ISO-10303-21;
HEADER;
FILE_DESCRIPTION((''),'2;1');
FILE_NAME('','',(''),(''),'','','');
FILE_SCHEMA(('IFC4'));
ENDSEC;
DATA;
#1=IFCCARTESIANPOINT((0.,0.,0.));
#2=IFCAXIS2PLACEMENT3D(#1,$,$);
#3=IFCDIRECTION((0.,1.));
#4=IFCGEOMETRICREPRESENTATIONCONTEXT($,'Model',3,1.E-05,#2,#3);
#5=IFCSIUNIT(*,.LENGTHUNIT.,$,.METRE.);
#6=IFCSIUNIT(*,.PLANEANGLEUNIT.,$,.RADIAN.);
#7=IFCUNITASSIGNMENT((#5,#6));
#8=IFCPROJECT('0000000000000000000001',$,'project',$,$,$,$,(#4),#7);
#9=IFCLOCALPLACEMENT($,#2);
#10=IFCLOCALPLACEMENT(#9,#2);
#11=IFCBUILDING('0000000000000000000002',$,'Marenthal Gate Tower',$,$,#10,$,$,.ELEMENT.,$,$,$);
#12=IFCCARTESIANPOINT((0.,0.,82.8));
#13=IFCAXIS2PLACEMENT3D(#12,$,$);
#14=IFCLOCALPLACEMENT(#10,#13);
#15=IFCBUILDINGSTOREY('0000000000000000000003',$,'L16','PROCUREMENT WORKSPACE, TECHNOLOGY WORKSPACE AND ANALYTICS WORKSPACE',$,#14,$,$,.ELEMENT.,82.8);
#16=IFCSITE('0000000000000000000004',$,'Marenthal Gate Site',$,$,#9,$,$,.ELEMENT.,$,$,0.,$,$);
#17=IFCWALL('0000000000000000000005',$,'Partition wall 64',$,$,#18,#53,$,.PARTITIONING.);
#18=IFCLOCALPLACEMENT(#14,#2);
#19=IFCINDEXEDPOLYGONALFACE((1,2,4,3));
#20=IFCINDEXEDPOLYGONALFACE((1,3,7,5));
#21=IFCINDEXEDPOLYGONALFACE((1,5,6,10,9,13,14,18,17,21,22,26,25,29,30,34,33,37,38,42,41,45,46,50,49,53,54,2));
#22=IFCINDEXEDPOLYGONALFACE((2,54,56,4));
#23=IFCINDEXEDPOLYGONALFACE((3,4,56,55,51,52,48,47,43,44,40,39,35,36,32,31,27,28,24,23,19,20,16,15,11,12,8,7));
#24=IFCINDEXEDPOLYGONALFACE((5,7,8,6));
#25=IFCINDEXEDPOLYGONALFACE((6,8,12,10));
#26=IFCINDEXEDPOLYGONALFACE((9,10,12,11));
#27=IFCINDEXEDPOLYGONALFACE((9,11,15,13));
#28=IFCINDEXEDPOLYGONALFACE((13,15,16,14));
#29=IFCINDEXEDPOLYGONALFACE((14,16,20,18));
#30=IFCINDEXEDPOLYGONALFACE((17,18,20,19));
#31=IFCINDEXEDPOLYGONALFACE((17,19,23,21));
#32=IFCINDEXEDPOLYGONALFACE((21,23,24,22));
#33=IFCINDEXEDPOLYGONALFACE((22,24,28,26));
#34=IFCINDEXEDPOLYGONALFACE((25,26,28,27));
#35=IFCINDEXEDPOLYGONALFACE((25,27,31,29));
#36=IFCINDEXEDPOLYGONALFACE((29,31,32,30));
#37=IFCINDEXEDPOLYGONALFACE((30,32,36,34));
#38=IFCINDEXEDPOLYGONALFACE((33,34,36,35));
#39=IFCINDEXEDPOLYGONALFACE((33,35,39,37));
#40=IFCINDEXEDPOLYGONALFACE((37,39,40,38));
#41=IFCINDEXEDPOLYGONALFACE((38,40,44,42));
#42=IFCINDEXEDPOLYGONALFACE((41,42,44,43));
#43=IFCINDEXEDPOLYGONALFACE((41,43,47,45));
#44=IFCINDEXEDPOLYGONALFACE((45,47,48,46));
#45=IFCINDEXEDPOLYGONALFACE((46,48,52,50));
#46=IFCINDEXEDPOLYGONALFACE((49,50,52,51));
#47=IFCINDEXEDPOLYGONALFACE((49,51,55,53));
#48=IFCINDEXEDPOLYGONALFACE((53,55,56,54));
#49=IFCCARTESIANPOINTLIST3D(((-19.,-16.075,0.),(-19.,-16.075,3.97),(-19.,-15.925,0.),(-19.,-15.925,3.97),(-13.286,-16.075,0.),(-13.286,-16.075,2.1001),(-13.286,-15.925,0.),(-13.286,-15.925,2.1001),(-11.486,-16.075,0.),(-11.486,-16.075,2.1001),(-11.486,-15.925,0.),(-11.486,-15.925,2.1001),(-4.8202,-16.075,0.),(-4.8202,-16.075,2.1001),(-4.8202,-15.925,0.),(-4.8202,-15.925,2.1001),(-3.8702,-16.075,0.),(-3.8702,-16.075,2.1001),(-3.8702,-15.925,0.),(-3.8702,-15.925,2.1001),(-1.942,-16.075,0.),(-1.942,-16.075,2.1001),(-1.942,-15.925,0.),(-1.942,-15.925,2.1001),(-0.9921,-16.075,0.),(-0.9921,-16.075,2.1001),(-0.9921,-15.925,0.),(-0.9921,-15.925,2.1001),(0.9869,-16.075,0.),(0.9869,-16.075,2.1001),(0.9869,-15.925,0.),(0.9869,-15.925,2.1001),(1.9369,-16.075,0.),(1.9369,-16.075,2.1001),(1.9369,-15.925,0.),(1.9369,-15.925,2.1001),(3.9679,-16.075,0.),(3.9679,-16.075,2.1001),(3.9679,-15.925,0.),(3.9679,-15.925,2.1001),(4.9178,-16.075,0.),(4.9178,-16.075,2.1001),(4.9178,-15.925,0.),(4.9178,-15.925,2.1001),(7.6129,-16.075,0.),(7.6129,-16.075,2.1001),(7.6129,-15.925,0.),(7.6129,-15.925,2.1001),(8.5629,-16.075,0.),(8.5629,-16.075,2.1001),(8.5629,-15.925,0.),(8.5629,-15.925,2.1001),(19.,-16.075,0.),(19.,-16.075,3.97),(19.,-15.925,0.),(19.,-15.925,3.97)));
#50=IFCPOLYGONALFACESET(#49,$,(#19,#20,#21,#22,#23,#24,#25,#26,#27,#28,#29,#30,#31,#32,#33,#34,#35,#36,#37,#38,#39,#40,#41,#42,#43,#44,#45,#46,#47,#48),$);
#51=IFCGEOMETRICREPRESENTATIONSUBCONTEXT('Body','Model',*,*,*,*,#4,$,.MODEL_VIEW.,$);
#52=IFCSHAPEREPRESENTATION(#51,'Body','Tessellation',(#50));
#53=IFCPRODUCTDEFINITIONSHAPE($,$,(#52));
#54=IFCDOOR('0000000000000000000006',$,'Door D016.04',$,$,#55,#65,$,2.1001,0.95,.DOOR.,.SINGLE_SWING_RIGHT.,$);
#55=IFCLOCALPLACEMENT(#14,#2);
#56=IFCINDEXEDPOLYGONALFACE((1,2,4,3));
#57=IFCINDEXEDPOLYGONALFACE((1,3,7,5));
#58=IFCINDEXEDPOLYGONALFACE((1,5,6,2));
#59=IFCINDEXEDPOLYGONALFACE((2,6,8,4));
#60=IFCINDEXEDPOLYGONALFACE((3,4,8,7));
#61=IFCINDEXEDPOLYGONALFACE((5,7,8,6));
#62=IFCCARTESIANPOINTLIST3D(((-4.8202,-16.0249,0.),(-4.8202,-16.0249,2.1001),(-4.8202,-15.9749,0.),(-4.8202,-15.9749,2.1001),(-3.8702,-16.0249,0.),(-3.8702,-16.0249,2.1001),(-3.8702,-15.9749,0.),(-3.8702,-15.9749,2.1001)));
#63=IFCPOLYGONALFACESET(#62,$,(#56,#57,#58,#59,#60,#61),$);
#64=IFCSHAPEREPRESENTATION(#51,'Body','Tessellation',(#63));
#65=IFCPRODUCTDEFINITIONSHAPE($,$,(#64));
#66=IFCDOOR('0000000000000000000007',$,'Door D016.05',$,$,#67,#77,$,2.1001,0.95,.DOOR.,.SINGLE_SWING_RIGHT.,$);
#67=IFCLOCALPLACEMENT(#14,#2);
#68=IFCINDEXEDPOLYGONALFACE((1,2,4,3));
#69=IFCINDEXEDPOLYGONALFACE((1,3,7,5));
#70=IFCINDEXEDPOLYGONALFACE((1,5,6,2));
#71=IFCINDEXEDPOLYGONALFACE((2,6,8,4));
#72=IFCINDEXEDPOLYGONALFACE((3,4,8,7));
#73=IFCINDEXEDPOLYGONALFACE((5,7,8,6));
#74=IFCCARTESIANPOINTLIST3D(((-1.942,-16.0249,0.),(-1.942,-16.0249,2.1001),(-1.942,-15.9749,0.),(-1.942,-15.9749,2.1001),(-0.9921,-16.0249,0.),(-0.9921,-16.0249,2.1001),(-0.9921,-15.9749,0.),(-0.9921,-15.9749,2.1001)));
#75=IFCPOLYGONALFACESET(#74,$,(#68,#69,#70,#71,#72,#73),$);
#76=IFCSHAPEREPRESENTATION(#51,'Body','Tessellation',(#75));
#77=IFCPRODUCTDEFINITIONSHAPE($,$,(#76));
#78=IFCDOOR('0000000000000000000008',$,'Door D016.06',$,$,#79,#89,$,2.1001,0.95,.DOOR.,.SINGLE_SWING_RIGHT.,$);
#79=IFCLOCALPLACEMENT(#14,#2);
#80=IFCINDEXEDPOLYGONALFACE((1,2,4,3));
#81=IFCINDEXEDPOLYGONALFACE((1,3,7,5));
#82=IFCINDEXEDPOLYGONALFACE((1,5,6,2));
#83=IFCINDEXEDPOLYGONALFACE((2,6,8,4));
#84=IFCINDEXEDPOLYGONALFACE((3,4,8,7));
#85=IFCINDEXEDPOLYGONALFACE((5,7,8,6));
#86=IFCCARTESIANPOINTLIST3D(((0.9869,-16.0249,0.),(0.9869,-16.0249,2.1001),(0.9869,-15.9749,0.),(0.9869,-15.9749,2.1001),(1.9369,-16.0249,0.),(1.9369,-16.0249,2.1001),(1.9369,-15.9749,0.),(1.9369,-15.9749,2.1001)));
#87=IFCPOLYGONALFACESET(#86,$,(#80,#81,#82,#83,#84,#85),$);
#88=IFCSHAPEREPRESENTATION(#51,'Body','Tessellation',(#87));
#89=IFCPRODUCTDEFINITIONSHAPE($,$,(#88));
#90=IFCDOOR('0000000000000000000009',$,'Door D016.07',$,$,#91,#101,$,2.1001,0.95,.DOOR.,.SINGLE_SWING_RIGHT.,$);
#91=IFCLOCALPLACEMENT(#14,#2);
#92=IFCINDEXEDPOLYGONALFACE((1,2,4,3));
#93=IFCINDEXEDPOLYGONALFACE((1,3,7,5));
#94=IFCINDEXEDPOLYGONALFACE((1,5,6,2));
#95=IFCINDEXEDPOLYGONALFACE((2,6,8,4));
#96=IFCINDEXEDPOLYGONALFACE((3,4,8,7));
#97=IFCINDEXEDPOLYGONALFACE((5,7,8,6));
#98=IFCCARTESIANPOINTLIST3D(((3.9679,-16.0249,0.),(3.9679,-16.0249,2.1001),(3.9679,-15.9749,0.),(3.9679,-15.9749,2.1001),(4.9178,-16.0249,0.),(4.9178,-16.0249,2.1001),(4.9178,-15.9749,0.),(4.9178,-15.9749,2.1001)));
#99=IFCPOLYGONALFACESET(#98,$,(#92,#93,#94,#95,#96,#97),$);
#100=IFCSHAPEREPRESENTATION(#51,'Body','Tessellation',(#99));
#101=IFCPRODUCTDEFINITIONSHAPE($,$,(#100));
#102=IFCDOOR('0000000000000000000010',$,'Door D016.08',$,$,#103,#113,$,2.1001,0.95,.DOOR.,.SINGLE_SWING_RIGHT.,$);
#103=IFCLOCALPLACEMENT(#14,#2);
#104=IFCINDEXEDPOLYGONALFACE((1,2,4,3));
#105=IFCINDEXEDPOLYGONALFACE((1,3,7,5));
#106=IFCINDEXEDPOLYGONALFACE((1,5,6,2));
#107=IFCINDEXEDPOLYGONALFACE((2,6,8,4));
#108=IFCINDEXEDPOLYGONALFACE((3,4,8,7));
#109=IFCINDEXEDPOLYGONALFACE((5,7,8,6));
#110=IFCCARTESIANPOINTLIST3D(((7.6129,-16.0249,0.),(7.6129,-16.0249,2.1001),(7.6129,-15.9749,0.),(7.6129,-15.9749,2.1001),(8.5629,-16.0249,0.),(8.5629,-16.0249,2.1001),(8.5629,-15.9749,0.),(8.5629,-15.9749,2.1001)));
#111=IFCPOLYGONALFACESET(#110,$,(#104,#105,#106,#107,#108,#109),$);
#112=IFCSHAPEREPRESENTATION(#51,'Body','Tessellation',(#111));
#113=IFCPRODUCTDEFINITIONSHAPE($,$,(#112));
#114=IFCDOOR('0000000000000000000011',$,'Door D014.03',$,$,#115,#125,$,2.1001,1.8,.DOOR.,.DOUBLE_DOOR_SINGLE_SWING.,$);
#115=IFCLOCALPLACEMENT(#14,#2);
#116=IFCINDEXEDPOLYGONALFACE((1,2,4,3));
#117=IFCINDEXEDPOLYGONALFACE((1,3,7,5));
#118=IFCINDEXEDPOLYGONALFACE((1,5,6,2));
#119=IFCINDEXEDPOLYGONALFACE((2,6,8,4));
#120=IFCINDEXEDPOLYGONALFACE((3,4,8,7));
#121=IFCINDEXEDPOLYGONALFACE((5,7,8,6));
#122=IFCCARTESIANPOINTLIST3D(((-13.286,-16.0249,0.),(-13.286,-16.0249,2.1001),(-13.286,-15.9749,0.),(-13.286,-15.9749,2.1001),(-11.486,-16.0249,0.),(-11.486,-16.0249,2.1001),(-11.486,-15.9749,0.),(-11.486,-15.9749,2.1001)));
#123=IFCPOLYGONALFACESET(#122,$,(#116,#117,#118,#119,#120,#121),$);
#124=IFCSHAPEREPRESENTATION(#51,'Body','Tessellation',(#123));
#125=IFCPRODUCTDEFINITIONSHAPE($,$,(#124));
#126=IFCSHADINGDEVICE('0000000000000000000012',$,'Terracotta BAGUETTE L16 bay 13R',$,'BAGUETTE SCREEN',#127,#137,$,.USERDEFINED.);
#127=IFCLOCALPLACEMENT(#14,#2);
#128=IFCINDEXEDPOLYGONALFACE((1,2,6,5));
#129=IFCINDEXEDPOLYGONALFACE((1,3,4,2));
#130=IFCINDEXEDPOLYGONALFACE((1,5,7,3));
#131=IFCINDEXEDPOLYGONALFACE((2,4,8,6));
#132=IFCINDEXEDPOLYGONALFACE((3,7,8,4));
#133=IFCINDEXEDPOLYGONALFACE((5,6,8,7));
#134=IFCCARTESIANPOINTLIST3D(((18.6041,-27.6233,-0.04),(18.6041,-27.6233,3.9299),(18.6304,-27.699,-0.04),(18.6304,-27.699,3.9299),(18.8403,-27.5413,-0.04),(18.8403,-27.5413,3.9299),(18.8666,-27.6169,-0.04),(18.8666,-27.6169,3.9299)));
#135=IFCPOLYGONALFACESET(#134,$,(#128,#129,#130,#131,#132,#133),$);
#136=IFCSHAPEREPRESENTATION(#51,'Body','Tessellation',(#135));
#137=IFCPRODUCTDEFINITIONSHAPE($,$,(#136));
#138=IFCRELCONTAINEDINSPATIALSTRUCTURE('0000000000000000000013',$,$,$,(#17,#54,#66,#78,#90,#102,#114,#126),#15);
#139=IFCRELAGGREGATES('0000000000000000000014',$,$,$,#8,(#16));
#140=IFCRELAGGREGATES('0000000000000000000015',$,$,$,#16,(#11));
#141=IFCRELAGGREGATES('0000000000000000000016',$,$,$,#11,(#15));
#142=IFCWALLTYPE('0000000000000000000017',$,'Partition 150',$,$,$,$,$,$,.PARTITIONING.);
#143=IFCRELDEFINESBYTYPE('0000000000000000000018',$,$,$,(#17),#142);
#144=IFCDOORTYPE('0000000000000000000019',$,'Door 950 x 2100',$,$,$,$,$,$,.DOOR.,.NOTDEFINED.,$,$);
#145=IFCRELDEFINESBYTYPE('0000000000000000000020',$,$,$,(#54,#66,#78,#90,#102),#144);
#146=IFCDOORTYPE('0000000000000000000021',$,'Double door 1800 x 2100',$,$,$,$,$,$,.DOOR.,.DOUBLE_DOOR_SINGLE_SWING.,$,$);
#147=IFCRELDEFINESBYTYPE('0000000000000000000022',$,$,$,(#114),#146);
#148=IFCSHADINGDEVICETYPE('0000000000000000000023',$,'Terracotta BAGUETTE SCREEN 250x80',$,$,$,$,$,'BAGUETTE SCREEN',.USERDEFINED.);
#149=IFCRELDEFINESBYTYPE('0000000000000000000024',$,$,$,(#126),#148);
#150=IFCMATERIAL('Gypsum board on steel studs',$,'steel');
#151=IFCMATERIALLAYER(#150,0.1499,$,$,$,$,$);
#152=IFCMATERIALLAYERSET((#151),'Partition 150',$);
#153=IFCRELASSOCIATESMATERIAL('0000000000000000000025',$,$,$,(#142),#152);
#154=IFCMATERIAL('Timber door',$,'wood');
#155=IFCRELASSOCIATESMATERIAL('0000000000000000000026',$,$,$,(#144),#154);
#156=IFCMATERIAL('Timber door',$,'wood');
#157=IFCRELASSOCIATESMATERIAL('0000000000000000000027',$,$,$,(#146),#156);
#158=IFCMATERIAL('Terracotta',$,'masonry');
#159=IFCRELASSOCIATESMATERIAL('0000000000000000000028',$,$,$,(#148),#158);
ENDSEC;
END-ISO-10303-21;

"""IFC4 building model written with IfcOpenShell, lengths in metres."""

from ifc_helpers import new_model, si_unit, direction, frame, frame_2d, origin, origin_2d, place, context, subcontext, project, spatial, rectangle, extrude, material, layer, layer_set, material_profile, profile_set, type_object, element, fill, save


model = new_model("IFC4")

# Units and contexts
model_context = context("Model", 3, precision=1e-05, world=origin(), true_north=direction((0.0, 1.0)))
body_context = subcontext(model_context, "Body", "Model", "MODEL_VIEW")
ifc_project = project(units=[si_unit("LENGTHUNIT", "METRE"), si_unit("PLANEANGLEUNIT", "RADIAN")], contexts=[model_context])

# Site, building, storey
site_placement = place(None, origin())
site = spatial("IfcSite", under=ifc_project, at=site_placement, Name="Marenthal Gate Site", CompositionType="ELEMENT", RefElevation=0.0)
building_placement = place(site_placement, origin())
building = spatial("IfcBuilding", under=site, at=building_placement, Name="Marenthal Gate Tower", CompositionType="ELEMENT")
storey_placement = place(building_placement, frame((0.0, 0.0, 82.8)))
storey = spatial("IfcBuildingStorey", under=building, at=storey_placement, Name="L16", Description="PROCUREMENT WORKSPACE, TECHNOLOGY WORKSPACE AND ANALYTICS WORKSPACE", CompositionType="ELEMENT", Elevation=82.8)

# Wall, openings, doors
ifc_material_1 = material(Name="Gypsum board on steel studs", Category="steel")
ifc_layer_1 = layer(ifc_material_1, 0.1499)
ifc_layer_set_1 = layer_set([ifc_layer_1], Name="Partition 150")
wall_type_1 = type_object("IfcWallType", Name="Partition 150", PredefinedType="PARTITIONING", material=ifc_layer_set_1)
wall_1_placement = place(storey_placement, frame((19.0, -16.0, 0.0), z_axis=(0.0, 0.0, 1.0), x_axis=(-1.0, 0.0, 0.0)))
wall_1 = element("IfcWall", 1, at=wall_1_placement, inside=storey, type_object=wall_type_1, Name="Partition wall 64", PredefinedType="PARTITIONING", context=body_context, shape_type="SweptSolid", body=[
    extrude(rectangle(XDim=38.0, YDim=0.1499, at=frame_2d((19.0, 0.0))), origin(), (0.0, 0.0, 1.0), 3.97),
])
opening_1_placement = place(wall_1_placement, frame((30.4861, 0.0, 0.0)))
opening_1 = element("IfcOpeningElement", 2, at=opening_1_placement, cuts=wall_1, PredefinedType="OPENING", context=body_context, shape_type="SweptSolid", body=[
    extrude(rectangle(XDim=1.8, YDim=2.1001, at=frame_2d((0.8999, 1.05))), frame((0.0, 0.085, 0.0), z_axis=(0.0, -1.0, 0.0), x_axis=(1.0, 0.0, 0.0)), (0.0, 0.0, 1.0), 0.1699),
])
opening_2_placement = place(wall_1_placement, frame((22.8701, 0.0, 0.0)))
opening_2 = element("IfcOpeningElement", 3, at=opening_2_placement, cuts=wall_1, PredefinedType="OPENING", context=body_context, shape_type="SweptSolid", body=[
    extrude(rectangle(XDim=0.95, YDim=2.1001, at=frame_2d((0.4751, 1.05))), frame((0.0, 0.085, 0.0), z_axis=(0.0, -1.0, 0.0), x_axis=(1.0, 0.0, 0.0)), (0.0, 0.0, 1.0), 0.1699),
])
opening_3_placement = place(wall_1_placement, frame((19.9919, 0.0, 0.0)))
opening_3 = element("IfcOpeningElement", 4, at=opening_3_placement, cuts=wall_1, PredefinedType="OPENING", context=body_context, shape_type="SweptSolid", body=[
    extrude(rectangle(XDim=0.95, YDim=2.1001, at=frame_2d((0.4751, 1.05))), frame((0.0, 0.085, 0.0), z_axis=(0.0, -1.0, 0.0), x_axis=(1.0, 0.0, 0.0)), (0.0, 0.0, 1.0), 0.1699),
])
opening_4_placement = place(wall_1_placement, frame((17.063, 0.0, 0.0)))
opening_4 = element("IfcOpeningElement", 5, at=opening_4_placement, cuts=wall_1, PredefinedType="OPENING", context=body_context, shape_type="SweptSolid", body=[
    extrude(rectangle(XDim=0.95, YDim=2.1001, at=frame_2d((0.4751, 1.05))), frame((0.0, 0.085, 0.0), z_axis=(0.0, -1.0, 0.0), x_axis=(1.0, 0.0, 0.0)), (0.0, 0.0, 1.0), 0.1699),
])
opening_5_placement = place(wall_1_placement, frame((14.082, 0.0, 0.0)))
opening_5 = element("IfcOpeningElement", 6, at=opening_5_placement, cuts=wall_1, PredefinedType="OPENING", context=body_context, shape_type="SweptSolid", body=[
    extrude(rectangle(XDim=0.95, YDim=2.1001, at=frame_2d((0.4751, 1.05))), frame((0.0, 0.085, 0.0), z_axis=(0.0, -1.0, 0.0), x_axis=(1.0, 0.0, 0.0)), (0.0, 0.0, 1.0), 0.1699),
])
opening_6_placement = place(wall_1_placement, frame((10.437, 0.0, 0.0)))
opening_6 = element("IfcOpeningElement", 7, at=opening_6_placement, cuts=wall_1, PredefinedType="OPENING", context=body_context, shape_type="SweptSolid", body=[
    extrude(rectangle(XDim=0.95, YDim=2.1001, at=frame_2d((0.4751, 1.05))), frame((0.0, 0.085, 0.0), z_axis=(0.0, -1.0, 0.0), x_axis=(1.0, 0.0, 0.0)), (0.0, 0.0, 1.0), 0.1699),
])
ifc_material_2 = material(Name="Timber door", Category="wood")
door_type_1 = type_object("IfcDoorType", Name="Door 950 x 2100", OperationType="NOTDEFINED", PredefinedType="DOOR", material=ifc_material_2)
door_1_placement = place(opening_2_placement, origin())
door_1 = element("IfcDoor", 8, at=door_1_placement, inside=storey, type_object=door_type_1, Name="Door D016.04", OperationType="SINGLE_SWING_RIGHT", OverallHeight=2.1001, OverallWidth=0.95, PredefinedType="DOOR", context=body_context, shape_type="SweptSolid", body=[
    extrude(rectangle(XDim=0.95, YDim=2.1001, at=frame_2d((0.4751, 1.05))), frame((0.0, 0.0249, 0.0), z_axis=(0.0, -1.0, 0.0), x_axis=(1.0, 0.0, 0.0)), (0.0, 0.0, 1.0), 0.05),
])
fill(opening_2, door_1)
door_2_placement = place(opening_3_placement, origin())
door_2 = element("IfcDoor", 9, at=door_2_placement, inside=storey, type_object=door_type_1, Name="Door D016.05", OperationType="SINGLE_SWING_RIGHT", OverallHeight=2.1001, OverallWidth=0.95, PredefinedType="DOOR", context=body_context, shape_type="SweptSolid", body=[
    extrude(rectangle(XDim=0.95, YDim=2.1001, at=frame_2d((0.4751, 1.05))), frame((0.0, 0.0249, 0.0), z_axis=(0.0, -1.0, 0.0), x_axis=(1.0, 0.0, 0.0)), (0.0, 0.0, 1.0), 0.05),
])
fill(opening_3, door_2)
door_3_placement = place(opening_4_placement, origin())
door_3 = element("IfcDoor", 10, at=door_3_placement, inside=storey, type_object=door_type_1, Name="Door D016.06", OperationType="SINGLE_SWING_RIGHT", OverallHeight=2.1001, OverallWidth=0.95, PredefinedType="DOOR", context=body_context, shape_type="SweptSolid", body=[
    extrude(rectangle(XDim=0.95, YDim=2.1001, at=frame_2d((0.4751, 1.05))), frame((0.0, 0.0249, 0.0), z_axis=(0.0, -1.0, 0.0), x_axis=(1.0, 0.0, 0.0)), (0.0, 0.0, 1.0), 0.05),
])
fill(opening_4, door_3)
door_4_placement = place(opening_5_placement, origin())
door_4 = element("IfcDoor", 11, at=door_4_placement, inside=storey, type_object=door_type_1, Name="Door D016.07", OperationType="SINGLE_SWING_RIGHT", OverallHeight=2.1001, OverallWidth=0.95, PredefinedType="DOOR", context=body_context, shape_type="SweptSolid", body=[
    extrude(rectangle(XDim=0.95, YDim=2.1001, at=frame_2d((0.4751, 1.05))), frame((0.0, 0.0249, 0.0), z_axis=(0.0, -1.0, 0.0), x_axis=(1.0, 0.0, 0.0)), (0.0, 0.0, 1.0), 0.05),
])
fill(opening_5, door_4)
door_5_placement = place(opening_6_placement, origin())
door_5 = element("IfcDoor", 12, at=door_5_placement, inside=storey, type_object=door_type_1, Name="Door D016.08", OperationType="SINGLE_SWING_RIGHT", OverallHeight=2.1001, OverallWidth=0.95, PredefinedType="DOOR", context=body_context, shape_type="SweptSolid", body=[
    extrude(rectangle(XDim=0.95, YDim=2.1001, at=frame_2d((0.4751, 1.05))), frame((0.0, 0.0249, 0.0), z_axis=(0.0, -1.0, 0.0), x_axis=(1.0, 0.0, 0.0)), (0.0, 0.0, 1.0), 0.05),
])
fill(opening_6, door_5)
ifc_material_3 = material(Name="Timber door", Category="wood")
door_type_2 = type_object("IfcDoorType", Name="Double door 1800 x 2100", OperationType="DOUBLE_DOOR_SINGLE_SWING", PredefinedType="DOOR", material=ifc_material_3)
door_6_placement = place(opening_1_placement, origin())
door_6 = element("IfcDoor", 13, at=door_6_placement, inside=storey, type_object=door_type_2, Name="Door D014.03", OperationType="DOUBLE_DOOR_SINGLE_SWING", OverallHeight=2.1001, OverallWidth=1.8, PredefinedType="DOOR", context=body_context, shape_type="SweptSolid", body=[
    extrude(rectangle(XDim=1.8, YDim=2.1001, at=frame_2d((0.8999, 1.05))), frame((0.0, 0.0249, 0.0), z_axis=(0.0, -1.0, 0.0), x_axis=(1.0, 0.0, 0.0)), (0.0, 0.0, 1.0), 0.05),
])
fill(opening_1, door_6)

# Shading device
ifc_material_4 = material(Name="Terracotta", Category="masonry")
ifc_material_profile_1 = material_profile(ifc_material_4, rectangle(XDim=0.25, YDim=0.0801, at=origin_2d()), Name="Terracotta baguette 250x80")
ifc_profile_set_1 = profile_set([ifc_material_profile_1], Name="Terracotta")
shading_device_type = type_object("IfcShadingDeviceType", Name="Terracotta BAGUETTE SCREEN 250x80", ElementType="BAGUETTE SCREEN", PredefinedType="USERDEFINED", material=ifc_profile_set_1)
shading_device_placement = place(storey_placement, frame((18.7354, -27.6201, -0.04), z_axis=(0.0, 0.0, 1.0), x_axis=(0.944634, 0.328125, 0.0)))
element("IfcShadingDevice", 14, at=shading_device_placement, inside=storey, type_object=shading_device_type, Name="Terracotta BAGUETTE L16 bay 13R", ObjectType="BAGUETTE SCREEN", PredefinedType="USERDEFINED", context=body_context, shape_type="SweptSolid", body=[
    extrude(rectangle(XDim=0.25, YDim=0.0801, at=origin_2d()), origin(), (0.0, 0.0, 1.0), 3.97),
])

save(model, "model.ifc")
